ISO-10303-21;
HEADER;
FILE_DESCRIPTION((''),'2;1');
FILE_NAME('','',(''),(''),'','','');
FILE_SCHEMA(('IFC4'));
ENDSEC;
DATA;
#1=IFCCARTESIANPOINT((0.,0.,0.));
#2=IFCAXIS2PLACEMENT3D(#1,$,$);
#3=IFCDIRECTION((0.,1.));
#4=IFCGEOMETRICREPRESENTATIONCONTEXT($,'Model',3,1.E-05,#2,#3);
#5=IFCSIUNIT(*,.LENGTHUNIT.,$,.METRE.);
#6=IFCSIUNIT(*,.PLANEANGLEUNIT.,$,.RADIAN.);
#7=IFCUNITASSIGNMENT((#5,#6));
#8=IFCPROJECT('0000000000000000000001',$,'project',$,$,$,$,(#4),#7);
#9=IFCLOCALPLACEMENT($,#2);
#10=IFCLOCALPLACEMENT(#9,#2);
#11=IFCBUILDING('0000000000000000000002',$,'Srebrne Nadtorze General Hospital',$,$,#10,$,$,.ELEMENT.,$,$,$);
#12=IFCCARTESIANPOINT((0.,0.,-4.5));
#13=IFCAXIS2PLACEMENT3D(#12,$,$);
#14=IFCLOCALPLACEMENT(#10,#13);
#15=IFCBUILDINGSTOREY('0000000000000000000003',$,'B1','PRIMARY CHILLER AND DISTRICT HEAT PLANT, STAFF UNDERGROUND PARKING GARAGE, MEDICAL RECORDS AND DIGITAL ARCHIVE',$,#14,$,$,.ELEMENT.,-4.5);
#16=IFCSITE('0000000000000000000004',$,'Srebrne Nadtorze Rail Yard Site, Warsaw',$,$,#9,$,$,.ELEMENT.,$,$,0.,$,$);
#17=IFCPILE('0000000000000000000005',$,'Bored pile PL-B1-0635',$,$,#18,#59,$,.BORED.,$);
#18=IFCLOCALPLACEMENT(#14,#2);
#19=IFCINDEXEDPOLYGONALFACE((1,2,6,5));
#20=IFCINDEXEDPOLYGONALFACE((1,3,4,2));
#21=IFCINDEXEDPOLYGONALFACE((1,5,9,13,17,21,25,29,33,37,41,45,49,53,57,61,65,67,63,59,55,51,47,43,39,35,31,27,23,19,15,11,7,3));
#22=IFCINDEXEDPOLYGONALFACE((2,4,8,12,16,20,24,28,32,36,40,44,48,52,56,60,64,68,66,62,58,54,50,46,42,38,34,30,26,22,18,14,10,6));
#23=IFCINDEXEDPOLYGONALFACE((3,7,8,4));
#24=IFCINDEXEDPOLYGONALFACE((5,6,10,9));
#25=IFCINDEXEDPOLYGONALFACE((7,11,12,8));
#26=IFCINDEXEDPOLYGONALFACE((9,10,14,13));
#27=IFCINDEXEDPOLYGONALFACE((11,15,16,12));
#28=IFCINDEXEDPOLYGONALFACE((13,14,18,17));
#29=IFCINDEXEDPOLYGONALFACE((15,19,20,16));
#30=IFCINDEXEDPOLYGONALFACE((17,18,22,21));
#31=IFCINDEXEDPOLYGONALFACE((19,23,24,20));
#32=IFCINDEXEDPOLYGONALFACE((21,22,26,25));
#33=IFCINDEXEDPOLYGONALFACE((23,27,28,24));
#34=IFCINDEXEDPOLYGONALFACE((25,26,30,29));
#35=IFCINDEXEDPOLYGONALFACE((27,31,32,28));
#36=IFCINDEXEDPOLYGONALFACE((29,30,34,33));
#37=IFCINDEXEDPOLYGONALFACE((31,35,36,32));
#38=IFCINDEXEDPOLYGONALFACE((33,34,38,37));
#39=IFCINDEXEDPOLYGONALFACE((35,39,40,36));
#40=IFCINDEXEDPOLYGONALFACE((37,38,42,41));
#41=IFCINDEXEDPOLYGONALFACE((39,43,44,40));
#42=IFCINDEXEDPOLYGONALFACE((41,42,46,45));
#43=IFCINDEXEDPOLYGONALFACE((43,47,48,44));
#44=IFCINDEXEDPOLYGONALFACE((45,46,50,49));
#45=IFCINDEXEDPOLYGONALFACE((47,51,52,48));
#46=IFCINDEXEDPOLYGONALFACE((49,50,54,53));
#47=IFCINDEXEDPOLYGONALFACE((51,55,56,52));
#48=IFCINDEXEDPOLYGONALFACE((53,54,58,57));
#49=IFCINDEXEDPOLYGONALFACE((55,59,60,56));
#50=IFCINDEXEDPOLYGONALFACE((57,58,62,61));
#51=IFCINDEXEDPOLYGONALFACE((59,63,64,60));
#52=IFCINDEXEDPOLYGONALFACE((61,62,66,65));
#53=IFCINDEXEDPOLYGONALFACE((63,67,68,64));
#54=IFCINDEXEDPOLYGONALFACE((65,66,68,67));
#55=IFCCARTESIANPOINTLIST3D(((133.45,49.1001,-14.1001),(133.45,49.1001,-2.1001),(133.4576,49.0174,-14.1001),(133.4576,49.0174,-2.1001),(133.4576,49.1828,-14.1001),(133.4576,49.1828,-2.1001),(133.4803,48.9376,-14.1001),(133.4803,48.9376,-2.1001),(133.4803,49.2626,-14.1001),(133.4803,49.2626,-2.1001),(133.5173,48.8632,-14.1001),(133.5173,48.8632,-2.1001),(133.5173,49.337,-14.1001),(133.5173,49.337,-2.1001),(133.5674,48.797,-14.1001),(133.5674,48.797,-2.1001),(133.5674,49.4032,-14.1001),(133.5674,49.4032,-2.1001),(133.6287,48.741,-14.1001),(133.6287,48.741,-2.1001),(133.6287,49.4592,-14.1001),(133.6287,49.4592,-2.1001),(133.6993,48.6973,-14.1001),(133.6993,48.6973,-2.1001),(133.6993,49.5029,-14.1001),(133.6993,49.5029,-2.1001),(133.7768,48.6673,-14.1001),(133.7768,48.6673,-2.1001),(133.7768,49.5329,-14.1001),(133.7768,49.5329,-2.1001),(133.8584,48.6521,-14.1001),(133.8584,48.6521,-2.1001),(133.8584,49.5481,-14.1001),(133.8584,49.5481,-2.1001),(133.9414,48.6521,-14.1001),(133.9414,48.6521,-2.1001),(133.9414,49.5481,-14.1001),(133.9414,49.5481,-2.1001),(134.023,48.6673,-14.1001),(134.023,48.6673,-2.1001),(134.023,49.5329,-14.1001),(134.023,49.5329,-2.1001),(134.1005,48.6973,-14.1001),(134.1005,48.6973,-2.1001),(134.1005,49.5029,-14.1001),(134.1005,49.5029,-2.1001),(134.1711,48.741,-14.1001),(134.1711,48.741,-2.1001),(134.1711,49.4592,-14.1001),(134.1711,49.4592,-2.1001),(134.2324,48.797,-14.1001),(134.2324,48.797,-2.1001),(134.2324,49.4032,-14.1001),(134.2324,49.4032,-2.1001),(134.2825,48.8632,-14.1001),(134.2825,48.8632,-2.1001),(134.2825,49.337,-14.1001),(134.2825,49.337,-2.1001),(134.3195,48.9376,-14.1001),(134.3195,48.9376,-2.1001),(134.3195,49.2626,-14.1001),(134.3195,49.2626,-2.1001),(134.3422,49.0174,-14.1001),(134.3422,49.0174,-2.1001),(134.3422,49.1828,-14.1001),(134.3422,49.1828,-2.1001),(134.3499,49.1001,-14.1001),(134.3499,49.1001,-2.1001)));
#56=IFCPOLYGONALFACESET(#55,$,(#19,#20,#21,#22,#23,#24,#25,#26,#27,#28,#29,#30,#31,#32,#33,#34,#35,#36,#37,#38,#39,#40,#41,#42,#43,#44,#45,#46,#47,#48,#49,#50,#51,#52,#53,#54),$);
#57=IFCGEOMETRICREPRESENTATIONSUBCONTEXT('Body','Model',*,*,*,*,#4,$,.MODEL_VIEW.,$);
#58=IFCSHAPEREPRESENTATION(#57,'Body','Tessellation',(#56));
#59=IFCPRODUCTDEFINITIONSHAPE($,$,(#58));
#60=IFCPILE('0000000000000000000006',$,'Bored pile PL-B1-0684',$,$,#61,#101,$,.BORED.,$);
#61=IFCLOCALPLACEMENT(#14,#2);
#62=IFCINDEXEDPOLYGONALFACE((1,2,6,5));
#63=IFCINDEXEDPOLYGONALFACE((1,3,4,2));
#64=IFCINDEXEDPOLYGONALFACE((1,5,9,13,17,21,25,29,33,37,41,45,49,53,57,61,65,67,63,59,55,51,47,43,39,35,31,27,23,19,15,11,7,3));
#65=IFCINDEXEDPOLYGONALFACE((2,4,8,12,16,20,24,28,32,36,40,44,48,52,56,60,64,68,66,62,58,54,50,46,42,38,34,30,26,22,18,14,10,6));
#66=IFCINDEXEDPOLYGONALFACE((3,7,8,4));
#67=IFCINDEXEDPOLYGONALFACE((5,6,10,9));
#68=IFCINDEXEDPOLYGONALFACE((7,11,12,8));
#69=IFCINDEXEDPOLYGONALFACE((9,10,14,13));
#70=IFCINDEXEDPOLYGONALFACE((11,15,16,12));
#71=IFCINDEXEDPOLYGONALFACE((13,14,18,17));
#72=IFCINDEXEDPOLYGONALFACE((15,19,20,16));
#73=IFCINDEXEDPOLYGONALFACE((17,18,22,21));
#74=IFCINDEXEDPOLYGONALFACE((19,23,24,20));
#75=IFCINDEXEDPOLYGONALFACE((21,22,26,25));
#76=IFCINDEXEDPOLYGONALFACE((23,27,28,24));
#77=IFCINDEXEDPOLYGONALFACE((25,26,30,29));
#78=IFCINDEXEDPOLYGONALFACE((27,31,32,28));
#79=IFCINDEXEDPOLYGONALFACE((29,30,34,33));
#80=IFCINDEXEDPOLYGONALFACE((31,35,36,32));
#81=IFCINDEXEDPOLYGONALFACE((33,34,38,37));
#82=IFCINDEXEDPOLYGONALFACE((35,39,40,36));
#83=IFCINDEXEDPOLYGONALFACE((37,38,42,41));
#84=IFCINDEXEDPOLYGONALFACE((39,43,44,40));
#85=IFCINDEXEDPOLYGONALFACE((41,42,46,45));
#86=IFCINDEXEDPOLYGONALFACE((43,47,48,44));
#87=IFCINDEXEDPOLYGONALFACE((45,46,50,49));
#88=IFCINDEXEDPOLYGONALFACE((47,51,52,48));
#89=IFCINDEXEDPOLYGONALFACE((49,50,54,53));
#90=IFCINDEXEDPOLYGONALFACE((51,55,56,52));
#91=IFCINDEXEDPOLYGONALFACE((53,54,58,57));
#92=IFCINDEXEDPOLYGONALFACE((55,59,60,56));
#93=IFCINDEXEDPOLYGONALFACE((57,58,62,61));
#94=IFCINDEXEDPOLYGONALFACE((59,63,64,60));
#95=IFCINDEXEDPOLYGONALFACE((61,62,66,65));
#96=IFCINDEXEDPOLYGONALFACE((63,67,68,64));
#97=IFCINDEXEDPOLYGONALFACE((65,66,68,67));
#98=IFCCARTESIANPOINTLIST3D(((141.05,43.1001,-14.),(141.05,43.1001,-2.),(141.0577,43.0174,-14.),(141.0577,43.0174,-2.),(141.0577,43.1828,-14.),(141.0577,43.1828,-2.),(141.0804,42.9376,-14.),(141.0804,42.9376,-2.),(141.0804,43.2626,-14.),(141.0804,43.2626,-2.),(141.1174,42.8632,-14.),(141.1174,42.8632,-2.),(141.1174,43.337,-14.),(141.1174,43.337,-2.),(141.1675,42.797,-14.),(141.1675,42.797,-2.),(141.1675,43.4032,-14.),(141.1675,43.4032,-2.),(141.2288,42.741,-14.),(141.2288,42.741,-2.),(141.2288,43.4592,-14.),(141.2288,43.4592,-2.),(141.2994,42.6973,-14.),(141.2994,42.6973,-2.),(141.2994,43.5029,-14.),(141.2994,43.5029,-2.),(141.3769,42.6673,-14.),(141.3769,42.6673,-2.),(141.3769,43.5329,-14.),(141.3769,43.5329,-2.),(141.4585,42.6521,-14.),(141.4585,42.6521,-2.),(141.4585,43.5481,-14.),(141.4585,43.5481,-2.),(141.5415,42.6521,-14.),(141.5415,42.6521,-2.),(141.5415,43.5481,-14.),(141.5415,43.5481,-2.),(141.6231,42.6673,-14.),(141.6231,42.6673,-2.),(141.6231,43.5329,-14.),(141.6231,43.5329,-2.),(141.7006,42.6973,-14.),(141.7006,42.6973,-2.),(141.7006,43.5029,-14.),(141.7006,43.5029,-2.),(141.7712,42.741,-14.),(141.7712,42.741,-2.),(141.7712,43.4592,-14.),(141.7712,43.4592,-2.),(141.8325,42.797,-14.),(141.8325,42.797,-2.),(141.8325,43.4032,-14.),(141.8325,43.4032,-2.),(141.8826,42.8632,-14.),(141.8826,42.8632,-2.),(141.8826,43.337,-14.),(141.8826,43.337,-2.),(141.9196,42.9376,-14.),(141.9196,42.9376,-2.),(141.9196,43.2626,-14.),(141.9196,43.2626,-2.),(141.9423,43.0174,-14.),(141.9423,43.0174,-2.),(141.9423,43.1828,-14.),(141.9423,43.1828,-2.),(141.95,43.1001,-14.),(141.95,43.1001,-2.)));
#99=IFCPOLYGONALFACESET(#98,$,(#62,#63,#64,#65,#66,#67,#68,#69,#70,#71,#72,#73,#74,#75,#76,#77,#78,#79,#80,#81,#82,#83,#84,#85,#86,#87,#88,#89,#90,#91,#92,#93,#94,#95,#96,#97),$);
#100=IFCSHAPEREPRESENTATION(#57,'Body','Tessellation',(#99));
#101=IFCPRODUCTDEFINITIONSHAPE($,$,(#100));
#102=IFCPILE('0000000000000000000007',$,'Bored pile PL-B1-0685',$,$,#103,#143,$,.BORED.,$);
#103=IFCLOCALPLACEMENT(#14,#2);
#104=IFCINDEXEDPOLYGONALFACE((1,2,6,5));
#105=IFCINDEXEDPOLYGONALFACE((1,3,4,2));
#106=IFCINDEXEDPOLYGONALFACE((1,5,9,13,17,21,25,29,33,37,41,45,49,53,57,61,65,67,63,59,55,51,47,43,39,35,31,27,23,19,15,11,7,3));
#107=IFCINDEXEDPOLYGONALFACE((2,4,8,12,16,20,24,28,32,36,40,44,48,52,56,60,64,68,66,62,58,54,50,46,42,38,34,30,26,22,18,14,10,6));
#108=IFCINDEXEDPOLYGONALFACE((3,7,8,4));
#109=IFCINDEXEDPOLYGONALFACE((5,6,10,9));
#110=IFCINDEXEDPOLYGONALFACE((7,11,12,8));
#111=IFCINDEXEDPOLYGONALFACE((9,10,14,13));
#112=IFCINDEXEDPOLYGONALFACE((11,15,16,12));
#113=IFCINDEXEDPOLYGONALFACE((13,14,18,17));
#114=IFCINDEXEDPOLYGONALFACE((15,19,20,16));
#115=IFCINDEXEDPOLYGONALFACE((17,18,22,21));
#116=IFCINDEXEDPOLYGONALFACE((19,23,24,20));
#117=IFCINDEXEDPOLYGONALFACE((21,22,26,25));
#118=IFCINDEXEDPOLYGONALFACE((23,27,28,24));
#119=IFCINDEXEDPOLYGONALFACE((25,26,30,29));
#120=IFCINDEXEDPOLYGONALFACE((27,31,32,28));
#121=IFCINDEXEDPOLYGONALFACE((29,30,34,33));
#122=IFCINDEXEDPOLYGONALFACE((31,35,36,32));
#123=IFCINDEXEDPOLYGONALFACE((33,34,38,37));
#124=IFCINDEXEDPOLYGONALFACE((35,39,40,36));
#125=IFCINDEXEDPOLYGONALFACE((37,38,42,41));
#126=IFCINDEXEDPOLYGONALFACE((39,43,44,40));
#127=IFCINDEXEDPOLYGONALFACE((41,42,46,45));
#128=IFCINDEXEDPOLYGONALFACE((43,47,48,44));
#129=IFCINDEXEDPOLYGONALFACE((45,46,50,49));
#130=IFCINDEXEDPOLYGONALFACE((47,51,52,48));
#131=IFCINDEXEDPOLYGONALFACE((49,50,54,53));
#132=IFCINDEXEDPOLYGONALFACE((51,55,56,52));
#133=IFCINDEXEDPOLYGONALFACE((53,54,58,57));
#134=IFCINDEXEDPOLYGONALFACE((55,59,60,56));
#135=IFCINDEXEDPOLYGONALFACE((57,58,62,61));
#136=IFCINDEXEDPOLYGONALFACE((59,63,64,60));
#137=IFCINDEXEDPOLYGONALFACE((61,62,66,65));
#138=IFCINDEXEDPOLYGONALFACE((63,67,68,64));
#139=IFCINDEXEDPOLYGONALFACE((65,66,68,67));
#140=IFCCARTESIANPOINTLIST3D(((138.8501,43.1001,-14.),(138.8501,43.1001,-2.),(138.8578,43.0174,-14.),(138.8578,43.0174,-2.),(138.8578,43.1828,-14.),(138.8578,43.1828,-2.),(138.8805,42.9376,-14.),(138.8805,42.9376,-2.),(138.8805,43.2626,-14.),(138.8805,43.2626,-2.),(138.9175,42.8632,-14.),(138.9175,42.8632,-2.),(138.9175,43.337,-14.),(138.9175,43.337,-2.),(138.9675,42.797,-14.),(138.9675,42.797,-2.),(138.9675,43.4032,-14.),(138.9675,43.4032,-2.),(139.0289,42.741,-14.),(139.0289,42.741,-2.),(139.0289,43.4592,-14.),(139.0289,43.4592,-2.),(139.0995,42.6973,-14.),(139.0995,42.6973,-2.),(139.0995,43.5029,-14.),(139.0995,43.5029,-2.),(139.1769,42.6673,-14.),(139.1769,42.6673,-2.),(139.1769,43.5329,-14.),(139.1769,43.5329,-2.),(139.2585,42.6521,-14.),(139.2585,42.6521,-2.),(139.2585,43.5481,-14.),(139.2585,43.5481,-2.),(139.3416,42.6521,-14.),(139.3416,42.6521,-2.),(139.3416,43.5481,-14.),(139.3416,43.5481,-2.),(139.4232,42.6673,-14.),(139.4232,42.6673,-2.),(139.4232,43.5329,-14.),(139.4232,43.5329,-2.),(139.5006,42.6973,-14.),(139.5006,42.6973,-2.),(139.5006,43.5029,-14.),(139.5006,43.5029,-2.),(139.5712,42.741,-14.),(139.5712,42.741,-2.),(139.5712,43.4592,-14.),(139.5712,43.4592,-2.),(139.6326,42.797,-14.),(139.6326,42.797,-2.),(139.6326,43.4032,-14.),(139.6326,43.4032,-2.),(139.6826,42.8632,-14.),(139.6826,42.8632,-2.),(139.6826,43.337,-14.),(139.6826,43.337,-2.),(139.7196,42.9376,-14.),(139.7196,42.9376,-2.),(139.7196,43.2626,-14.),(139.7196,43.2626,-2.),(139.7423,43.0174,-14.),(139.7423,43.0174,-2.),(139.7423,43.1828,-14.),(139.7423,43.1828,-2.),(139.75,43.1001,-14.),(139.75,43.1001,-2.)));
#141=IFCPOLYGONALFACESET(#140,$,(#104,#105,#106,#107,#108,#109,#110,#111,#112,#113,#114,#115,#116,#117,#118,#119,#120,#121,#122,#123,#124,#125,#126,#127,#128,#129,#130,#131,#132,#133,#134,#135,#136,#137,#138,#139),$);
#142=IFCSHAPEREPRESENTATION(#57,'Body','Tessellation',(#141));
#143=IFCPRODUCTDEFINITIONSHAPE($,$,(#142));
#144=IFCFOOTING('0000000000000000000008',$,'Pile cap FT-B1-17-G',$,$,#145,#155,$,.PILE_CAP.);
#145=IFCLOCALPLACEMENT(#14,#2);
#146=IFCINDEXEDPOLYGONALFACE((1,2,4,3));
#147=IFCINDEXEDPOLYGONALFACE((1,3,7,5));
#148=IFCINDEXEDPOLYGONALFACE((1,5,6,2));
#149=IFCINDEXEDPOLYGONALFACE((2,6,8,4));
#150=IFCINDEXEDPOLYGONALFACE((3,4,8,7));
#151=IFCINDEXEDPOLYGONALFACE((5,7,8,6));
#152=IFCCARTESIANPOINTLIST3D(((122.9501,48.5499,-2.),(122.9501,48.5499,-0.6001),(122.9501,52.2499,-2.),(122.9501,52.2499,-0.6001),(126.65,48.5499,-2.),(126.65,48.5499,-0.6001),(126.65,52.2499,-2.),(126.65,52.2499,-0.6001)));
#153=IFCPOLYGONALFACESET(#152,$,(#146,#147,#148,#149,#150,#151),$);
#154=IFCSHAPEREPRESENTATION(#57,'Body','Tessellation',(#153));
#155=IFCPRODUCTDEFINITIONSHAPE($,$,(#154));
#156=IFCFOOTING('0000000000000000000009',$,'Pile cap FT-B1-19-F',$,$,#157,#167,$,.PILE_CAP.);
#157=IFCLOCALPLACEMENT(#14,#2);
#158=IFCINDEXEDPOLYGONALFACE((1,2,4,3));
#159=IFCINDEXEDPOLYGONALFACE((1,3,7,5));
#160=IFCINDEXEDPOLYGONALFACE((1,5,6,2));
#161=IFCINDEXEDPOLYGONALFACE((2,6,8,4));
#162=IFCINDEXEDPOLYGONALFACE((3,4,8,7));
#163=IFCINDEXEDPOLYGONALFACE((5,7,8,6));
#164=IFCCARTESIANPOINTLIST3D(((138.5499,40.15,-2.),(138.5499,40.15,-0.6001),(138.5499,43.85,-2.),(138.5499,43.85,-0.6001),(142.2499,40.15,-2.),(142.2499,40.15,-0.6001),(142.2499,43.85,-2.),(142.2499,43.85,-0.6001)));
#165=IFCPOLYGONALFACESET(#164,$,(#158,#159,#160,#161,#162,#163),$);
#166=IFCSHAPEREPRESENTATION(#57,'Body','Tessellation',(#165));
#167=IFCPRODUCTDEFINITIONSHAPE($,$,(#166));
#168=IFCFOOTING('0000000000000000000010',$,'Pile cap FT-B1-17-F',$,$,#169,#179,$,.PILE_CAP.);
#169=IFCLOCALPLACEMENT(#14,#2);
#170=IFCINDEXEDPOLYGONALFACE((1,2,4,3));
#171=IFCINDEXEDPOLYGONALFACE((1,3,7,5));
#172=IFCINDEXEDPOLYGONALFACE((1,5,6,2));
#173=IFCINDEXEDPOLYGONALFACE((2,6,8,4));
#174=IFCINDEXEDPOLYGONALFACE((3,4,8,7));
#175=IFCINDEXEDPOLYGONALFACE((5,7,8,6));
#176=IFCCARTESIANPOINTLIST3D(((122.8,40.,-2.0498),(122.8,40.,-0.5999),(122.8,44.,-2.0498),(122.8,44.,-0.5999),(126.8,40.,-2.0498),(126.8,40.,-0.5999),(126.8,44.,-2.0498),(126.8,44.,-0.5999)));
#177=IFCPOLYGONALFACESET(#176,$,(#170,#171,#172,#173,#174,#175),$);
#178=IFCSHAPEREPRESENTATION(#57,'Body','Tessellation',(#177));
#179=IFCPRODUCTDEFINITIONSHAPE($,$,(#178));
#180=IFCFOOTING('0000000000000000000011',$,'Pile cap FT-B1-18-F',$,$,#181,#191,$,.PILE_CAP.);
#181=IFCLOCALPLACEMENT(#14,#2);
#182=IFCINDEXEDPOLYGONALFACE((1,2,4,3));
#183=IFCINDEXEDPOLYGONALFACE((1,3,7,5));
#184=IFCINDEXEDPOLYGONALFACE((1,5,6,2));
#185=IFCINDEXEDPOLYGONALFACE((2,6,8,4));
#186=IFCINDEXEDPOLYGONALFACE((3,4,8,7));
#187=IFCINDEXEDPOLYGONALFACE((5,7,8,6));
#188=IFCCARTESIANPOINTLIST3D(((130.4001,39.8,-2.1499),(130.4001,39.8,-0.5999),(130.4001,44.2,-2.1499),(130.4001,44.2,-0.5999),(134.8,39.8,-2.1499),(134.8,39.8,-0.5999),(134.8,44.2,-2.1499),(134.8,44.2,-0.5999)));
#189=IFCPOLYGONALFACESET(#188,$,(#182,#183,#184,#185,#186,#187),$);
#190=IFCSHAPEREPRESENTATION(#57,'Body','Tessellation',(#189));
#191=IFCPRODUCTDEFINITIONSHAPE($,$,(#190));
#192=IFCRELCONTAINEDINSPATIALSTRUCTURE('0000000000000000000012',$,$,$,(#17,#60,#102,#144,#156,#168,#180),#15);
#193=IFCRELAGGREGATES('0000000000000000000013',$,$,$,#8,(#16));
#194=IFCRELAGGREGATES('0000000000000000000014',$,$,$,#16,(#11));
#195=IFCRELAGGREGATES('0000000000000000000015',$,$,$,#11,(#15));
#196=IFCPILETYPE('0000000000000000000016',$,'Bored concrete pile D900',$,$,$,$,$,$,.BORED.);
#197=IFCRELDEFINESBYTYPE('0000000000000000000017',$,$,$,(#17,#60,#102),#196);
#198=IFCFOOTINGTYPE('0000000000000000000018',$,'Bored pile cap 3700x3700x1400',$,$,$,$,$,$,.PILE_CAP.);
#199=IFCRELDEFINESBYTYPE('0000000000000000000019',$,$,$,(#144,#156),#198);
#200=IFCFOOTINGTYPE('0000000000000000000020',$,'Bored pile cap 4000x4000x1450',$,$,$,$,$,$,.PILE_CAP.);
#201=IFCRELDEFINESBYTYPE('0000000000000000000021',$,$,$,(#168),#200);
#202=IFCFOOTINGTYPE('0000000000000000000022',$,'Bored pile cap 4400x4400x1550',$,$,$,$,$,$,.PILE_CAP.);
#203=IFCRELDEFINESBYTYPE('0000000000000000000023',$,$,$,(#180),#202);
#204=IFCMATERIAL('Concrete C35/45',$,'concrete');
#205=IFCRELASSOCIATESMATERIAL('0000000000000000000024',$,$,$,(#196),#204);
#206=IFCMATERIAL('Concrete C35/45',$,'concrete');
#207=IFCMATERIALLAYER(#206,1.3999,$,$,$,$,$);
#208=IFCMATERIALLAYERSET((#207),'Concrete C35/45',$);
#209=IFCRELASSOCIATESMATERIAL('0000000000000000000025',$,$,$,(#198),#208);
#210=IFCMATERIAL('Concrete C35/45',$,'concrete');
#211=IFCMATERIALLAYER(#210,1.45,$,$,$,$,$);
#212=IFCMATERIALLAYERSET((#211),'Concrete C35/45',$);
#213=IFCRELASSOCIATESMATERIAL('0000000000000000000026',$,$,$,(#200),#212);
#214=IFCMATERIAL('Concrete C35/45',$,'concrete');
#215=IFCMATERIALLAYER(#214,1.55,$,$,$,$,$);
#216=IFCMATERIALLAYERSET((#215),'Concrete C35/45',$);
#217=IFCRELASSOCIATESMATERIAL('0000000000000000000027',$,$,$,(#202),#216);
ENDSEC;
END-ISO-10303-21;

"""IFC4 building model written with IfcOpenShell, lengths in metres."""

from ifc_helpers import new_model, si_unit, direction, frame, origin, origin_2d, place, context, subcontext, project, spatial, rectangle, circle, extrude, material, layer, layer_set, material_profile, profile_set, type_object, element, save


model = new_model("IFC4")

# Units and contexts
model_context = context("Model", 3, precision=1e-05, world=origin(), true_north=direction((0.0, 1.0)))
body_context = subcontext(model_context, "Body", "Model", "MODEL_VIEW")
ifc_project = project(units=[si_unit("LENGTHUNIT", "METRE"), si_unit("PLANEANGLEUNIT", "RADIAN")], contexts=[model_context])

# Site, building, storey
site_placement = place(None, origin())
site = spatial("IfcSite", under=ifc_project, at=site_placement, Name="Srebrne Nadtorze Rail Yard Site, Warsaw", CompositionType="ELEMENT", RefElevation=0.0)
building_placement = place(site_placement, origin())
building = spatial("IfcBuilding", under=site, at=building_placement, Name="Srebrne Nadtorze General Hospital", CompositionType="ELEMENT")
storey_placement = place(building_placement, frame((0.0, 0.0, -4.5)))
storey = spatial("IfcBuildingStorey", under=building, at=storey_placement, Name="B1", Description="PRIMARY CHILLER AND DISTRICT HEAT PLANT, STAFF UNDERGROUND PARKING GARAGE, MEDICAL RECORDS AND DIGITAL ARCHIVE", CompositionType="ELEMENT", Elevation=-4.5)

# Piles
ifc_material_1 = material(Name="Concrete C35/45", Category="concrete")
ifc_material_profile_1 = material_profile(ifc_material_1, circle(Radius=0.45, at=origin_2d()), Name="PILE-D900")
ifc_profile_set_1 = profile_set([ifc_material_profile_1], Name="Concrete C35/45")
pile_type_1 = type_object("IfcPileType", Name="Bored concrete pile D900", PredefinedType="BORED", material=ifc_profile_set_1)
for number, where, z_axis, x_axis, name in (
    (1, (133.8999, 49.1001, -2.1001), (0.0, 0.0, -1.0), (1.0, 0.0, 0.0), "Bored pile PL-B1-0635"),
    (2, (141.5, 43.1001, -2.0), (0.0, 0.0, -1.0), (1.0, 0.0, 0.0), "Bored pile PL-B1-0684"),
    (3, (139.3, 43.1001, -2.0), (0.0, 0.0, -1.0), (1.0, 0.0, 0.0), "Bored pile PL-B1-0685"),
):
    element("IfcPile", number, at=place(storey_placement, frame(where, z_axis=z_axis, x_axis=x_axis)), inside=storey, type_object=pile_type_1, Name=name, PredefinedType="BORED", context=body_context, shape_type="SweptSolid", body=[
        extrude(circle(Radius=0.45, at=origin_2d()), origin(), (0.0, 0.0, 1.0), 12.0),
    ])

# Footings
ifc_material_2 = material(Name="Concrete C35/45", Category="concrete")
ifc_layer_1 = layer(ifc_material_2, 1.3999)
ifc_layer_set_1 = layer_set([ifc_layer_1], Name="Concrete C35/45")
footing_type_1 = type_object("IfcFootingType", Name="Bored pile cap 3700x3700x1400", PredefinedType="PILE_CAP", material=ifc_layer_set_1)
for number, where, z_axis, x_axis, name in (
    (4, (124.8, 50.3999, -2.0), (0.0, 0.0, 1.0), (1.0, 0.0, 0.0), "Pile cap FT-B1-17-G"),
    (5, (140.3999, 42.0, -2.0), (0.0, 0.0, 1.0), (1.0, 0.0, 0.0), "Pile cap FT-B1-19-F"),
):
    element("IfcFooting", number, at=place(storey_placement, frame(where, z_axis=z_axis, x_axis=x_axis)), inside=storey, type_object=footing_type_1, Name=name, PredefinedType="PILE_CAP", context=body_context, shape_type="SweptSolid", body=[
        extrude(rectangle(XDim=3.7, YDim=3.7, at=origin_2d()), origin(), (0.0, 0.0, 1.0), 1.3999),
    ])
ifc_material_3 = material(Name="Concrete C35/45", Category="concrete")
ifc_layer_2 = layer(ifc_material_3, 1.45)
ifc_layer_set_2 = layer_set([ifc_layer_2], Name="Concrete C35/45")
footing_type_2 = type_object("IfcFootingType", Name="Bored pile cap 4000x4000x1450", PredefinedType="PILE_CAP", material=ifc_layer_set_2)
footing_1_placement = place(storey_placement, frame((124.8, 42.0, -2.0498), z_axis=(0.0, 0.0, 1.0), x_axis=(1.0, 0.0, 0.0)))
element("IfcFooting", 6, at=footing_1_placement, inside=storey, type_object=footing_type_2, Name="Pile cap FT-B1-17-F", PredefinedType="PILE_CAP", context=body_context, shape_type="SweptSolid", body=[
    extrude(rectangle(XDim=4.0, YDim=4.0, at=origin_2d()), origin(), (0.0, 0.0, 1.0), 1.45),
])
ifc_material_4 = material(Name="Concrete C35/45", Category="concrete")
ifc_layer_3 = layer(ifc_material_4, 1.55)
ifc_layer_set_3 = layer_set([ifc_layer_3], Name="Concrete C35/45")
footing_type_3 = type_object("IfcFootingType", Name="Bored pile cap 4400x4400x1550", PredefinedType="PILE_CAP", material=ifc_layer_set_3)
footing_2_placement = place(storey_placement, frame((132.6001, 42.0, -2.1499), z_axis=(0.0, 0.0, 1.0), x_axis=(1.0, 0.0, 0.0)))
element("IfcFooting", 7, at=footing_2_placement, inside=storey, type_object=footing_type_3, Name="Pile cap FT-B1-18-F", PredefinedType="PILE_CAP", context=body_context, shape_type="SweptSolid", body=[
    extrude(rectangle(XDim=4.3999, YDim=4.3999, at=origin_2d()), origin(), (0.0, 0.0, 1.0), 1.55),
])

save(model, "model.ifc")
